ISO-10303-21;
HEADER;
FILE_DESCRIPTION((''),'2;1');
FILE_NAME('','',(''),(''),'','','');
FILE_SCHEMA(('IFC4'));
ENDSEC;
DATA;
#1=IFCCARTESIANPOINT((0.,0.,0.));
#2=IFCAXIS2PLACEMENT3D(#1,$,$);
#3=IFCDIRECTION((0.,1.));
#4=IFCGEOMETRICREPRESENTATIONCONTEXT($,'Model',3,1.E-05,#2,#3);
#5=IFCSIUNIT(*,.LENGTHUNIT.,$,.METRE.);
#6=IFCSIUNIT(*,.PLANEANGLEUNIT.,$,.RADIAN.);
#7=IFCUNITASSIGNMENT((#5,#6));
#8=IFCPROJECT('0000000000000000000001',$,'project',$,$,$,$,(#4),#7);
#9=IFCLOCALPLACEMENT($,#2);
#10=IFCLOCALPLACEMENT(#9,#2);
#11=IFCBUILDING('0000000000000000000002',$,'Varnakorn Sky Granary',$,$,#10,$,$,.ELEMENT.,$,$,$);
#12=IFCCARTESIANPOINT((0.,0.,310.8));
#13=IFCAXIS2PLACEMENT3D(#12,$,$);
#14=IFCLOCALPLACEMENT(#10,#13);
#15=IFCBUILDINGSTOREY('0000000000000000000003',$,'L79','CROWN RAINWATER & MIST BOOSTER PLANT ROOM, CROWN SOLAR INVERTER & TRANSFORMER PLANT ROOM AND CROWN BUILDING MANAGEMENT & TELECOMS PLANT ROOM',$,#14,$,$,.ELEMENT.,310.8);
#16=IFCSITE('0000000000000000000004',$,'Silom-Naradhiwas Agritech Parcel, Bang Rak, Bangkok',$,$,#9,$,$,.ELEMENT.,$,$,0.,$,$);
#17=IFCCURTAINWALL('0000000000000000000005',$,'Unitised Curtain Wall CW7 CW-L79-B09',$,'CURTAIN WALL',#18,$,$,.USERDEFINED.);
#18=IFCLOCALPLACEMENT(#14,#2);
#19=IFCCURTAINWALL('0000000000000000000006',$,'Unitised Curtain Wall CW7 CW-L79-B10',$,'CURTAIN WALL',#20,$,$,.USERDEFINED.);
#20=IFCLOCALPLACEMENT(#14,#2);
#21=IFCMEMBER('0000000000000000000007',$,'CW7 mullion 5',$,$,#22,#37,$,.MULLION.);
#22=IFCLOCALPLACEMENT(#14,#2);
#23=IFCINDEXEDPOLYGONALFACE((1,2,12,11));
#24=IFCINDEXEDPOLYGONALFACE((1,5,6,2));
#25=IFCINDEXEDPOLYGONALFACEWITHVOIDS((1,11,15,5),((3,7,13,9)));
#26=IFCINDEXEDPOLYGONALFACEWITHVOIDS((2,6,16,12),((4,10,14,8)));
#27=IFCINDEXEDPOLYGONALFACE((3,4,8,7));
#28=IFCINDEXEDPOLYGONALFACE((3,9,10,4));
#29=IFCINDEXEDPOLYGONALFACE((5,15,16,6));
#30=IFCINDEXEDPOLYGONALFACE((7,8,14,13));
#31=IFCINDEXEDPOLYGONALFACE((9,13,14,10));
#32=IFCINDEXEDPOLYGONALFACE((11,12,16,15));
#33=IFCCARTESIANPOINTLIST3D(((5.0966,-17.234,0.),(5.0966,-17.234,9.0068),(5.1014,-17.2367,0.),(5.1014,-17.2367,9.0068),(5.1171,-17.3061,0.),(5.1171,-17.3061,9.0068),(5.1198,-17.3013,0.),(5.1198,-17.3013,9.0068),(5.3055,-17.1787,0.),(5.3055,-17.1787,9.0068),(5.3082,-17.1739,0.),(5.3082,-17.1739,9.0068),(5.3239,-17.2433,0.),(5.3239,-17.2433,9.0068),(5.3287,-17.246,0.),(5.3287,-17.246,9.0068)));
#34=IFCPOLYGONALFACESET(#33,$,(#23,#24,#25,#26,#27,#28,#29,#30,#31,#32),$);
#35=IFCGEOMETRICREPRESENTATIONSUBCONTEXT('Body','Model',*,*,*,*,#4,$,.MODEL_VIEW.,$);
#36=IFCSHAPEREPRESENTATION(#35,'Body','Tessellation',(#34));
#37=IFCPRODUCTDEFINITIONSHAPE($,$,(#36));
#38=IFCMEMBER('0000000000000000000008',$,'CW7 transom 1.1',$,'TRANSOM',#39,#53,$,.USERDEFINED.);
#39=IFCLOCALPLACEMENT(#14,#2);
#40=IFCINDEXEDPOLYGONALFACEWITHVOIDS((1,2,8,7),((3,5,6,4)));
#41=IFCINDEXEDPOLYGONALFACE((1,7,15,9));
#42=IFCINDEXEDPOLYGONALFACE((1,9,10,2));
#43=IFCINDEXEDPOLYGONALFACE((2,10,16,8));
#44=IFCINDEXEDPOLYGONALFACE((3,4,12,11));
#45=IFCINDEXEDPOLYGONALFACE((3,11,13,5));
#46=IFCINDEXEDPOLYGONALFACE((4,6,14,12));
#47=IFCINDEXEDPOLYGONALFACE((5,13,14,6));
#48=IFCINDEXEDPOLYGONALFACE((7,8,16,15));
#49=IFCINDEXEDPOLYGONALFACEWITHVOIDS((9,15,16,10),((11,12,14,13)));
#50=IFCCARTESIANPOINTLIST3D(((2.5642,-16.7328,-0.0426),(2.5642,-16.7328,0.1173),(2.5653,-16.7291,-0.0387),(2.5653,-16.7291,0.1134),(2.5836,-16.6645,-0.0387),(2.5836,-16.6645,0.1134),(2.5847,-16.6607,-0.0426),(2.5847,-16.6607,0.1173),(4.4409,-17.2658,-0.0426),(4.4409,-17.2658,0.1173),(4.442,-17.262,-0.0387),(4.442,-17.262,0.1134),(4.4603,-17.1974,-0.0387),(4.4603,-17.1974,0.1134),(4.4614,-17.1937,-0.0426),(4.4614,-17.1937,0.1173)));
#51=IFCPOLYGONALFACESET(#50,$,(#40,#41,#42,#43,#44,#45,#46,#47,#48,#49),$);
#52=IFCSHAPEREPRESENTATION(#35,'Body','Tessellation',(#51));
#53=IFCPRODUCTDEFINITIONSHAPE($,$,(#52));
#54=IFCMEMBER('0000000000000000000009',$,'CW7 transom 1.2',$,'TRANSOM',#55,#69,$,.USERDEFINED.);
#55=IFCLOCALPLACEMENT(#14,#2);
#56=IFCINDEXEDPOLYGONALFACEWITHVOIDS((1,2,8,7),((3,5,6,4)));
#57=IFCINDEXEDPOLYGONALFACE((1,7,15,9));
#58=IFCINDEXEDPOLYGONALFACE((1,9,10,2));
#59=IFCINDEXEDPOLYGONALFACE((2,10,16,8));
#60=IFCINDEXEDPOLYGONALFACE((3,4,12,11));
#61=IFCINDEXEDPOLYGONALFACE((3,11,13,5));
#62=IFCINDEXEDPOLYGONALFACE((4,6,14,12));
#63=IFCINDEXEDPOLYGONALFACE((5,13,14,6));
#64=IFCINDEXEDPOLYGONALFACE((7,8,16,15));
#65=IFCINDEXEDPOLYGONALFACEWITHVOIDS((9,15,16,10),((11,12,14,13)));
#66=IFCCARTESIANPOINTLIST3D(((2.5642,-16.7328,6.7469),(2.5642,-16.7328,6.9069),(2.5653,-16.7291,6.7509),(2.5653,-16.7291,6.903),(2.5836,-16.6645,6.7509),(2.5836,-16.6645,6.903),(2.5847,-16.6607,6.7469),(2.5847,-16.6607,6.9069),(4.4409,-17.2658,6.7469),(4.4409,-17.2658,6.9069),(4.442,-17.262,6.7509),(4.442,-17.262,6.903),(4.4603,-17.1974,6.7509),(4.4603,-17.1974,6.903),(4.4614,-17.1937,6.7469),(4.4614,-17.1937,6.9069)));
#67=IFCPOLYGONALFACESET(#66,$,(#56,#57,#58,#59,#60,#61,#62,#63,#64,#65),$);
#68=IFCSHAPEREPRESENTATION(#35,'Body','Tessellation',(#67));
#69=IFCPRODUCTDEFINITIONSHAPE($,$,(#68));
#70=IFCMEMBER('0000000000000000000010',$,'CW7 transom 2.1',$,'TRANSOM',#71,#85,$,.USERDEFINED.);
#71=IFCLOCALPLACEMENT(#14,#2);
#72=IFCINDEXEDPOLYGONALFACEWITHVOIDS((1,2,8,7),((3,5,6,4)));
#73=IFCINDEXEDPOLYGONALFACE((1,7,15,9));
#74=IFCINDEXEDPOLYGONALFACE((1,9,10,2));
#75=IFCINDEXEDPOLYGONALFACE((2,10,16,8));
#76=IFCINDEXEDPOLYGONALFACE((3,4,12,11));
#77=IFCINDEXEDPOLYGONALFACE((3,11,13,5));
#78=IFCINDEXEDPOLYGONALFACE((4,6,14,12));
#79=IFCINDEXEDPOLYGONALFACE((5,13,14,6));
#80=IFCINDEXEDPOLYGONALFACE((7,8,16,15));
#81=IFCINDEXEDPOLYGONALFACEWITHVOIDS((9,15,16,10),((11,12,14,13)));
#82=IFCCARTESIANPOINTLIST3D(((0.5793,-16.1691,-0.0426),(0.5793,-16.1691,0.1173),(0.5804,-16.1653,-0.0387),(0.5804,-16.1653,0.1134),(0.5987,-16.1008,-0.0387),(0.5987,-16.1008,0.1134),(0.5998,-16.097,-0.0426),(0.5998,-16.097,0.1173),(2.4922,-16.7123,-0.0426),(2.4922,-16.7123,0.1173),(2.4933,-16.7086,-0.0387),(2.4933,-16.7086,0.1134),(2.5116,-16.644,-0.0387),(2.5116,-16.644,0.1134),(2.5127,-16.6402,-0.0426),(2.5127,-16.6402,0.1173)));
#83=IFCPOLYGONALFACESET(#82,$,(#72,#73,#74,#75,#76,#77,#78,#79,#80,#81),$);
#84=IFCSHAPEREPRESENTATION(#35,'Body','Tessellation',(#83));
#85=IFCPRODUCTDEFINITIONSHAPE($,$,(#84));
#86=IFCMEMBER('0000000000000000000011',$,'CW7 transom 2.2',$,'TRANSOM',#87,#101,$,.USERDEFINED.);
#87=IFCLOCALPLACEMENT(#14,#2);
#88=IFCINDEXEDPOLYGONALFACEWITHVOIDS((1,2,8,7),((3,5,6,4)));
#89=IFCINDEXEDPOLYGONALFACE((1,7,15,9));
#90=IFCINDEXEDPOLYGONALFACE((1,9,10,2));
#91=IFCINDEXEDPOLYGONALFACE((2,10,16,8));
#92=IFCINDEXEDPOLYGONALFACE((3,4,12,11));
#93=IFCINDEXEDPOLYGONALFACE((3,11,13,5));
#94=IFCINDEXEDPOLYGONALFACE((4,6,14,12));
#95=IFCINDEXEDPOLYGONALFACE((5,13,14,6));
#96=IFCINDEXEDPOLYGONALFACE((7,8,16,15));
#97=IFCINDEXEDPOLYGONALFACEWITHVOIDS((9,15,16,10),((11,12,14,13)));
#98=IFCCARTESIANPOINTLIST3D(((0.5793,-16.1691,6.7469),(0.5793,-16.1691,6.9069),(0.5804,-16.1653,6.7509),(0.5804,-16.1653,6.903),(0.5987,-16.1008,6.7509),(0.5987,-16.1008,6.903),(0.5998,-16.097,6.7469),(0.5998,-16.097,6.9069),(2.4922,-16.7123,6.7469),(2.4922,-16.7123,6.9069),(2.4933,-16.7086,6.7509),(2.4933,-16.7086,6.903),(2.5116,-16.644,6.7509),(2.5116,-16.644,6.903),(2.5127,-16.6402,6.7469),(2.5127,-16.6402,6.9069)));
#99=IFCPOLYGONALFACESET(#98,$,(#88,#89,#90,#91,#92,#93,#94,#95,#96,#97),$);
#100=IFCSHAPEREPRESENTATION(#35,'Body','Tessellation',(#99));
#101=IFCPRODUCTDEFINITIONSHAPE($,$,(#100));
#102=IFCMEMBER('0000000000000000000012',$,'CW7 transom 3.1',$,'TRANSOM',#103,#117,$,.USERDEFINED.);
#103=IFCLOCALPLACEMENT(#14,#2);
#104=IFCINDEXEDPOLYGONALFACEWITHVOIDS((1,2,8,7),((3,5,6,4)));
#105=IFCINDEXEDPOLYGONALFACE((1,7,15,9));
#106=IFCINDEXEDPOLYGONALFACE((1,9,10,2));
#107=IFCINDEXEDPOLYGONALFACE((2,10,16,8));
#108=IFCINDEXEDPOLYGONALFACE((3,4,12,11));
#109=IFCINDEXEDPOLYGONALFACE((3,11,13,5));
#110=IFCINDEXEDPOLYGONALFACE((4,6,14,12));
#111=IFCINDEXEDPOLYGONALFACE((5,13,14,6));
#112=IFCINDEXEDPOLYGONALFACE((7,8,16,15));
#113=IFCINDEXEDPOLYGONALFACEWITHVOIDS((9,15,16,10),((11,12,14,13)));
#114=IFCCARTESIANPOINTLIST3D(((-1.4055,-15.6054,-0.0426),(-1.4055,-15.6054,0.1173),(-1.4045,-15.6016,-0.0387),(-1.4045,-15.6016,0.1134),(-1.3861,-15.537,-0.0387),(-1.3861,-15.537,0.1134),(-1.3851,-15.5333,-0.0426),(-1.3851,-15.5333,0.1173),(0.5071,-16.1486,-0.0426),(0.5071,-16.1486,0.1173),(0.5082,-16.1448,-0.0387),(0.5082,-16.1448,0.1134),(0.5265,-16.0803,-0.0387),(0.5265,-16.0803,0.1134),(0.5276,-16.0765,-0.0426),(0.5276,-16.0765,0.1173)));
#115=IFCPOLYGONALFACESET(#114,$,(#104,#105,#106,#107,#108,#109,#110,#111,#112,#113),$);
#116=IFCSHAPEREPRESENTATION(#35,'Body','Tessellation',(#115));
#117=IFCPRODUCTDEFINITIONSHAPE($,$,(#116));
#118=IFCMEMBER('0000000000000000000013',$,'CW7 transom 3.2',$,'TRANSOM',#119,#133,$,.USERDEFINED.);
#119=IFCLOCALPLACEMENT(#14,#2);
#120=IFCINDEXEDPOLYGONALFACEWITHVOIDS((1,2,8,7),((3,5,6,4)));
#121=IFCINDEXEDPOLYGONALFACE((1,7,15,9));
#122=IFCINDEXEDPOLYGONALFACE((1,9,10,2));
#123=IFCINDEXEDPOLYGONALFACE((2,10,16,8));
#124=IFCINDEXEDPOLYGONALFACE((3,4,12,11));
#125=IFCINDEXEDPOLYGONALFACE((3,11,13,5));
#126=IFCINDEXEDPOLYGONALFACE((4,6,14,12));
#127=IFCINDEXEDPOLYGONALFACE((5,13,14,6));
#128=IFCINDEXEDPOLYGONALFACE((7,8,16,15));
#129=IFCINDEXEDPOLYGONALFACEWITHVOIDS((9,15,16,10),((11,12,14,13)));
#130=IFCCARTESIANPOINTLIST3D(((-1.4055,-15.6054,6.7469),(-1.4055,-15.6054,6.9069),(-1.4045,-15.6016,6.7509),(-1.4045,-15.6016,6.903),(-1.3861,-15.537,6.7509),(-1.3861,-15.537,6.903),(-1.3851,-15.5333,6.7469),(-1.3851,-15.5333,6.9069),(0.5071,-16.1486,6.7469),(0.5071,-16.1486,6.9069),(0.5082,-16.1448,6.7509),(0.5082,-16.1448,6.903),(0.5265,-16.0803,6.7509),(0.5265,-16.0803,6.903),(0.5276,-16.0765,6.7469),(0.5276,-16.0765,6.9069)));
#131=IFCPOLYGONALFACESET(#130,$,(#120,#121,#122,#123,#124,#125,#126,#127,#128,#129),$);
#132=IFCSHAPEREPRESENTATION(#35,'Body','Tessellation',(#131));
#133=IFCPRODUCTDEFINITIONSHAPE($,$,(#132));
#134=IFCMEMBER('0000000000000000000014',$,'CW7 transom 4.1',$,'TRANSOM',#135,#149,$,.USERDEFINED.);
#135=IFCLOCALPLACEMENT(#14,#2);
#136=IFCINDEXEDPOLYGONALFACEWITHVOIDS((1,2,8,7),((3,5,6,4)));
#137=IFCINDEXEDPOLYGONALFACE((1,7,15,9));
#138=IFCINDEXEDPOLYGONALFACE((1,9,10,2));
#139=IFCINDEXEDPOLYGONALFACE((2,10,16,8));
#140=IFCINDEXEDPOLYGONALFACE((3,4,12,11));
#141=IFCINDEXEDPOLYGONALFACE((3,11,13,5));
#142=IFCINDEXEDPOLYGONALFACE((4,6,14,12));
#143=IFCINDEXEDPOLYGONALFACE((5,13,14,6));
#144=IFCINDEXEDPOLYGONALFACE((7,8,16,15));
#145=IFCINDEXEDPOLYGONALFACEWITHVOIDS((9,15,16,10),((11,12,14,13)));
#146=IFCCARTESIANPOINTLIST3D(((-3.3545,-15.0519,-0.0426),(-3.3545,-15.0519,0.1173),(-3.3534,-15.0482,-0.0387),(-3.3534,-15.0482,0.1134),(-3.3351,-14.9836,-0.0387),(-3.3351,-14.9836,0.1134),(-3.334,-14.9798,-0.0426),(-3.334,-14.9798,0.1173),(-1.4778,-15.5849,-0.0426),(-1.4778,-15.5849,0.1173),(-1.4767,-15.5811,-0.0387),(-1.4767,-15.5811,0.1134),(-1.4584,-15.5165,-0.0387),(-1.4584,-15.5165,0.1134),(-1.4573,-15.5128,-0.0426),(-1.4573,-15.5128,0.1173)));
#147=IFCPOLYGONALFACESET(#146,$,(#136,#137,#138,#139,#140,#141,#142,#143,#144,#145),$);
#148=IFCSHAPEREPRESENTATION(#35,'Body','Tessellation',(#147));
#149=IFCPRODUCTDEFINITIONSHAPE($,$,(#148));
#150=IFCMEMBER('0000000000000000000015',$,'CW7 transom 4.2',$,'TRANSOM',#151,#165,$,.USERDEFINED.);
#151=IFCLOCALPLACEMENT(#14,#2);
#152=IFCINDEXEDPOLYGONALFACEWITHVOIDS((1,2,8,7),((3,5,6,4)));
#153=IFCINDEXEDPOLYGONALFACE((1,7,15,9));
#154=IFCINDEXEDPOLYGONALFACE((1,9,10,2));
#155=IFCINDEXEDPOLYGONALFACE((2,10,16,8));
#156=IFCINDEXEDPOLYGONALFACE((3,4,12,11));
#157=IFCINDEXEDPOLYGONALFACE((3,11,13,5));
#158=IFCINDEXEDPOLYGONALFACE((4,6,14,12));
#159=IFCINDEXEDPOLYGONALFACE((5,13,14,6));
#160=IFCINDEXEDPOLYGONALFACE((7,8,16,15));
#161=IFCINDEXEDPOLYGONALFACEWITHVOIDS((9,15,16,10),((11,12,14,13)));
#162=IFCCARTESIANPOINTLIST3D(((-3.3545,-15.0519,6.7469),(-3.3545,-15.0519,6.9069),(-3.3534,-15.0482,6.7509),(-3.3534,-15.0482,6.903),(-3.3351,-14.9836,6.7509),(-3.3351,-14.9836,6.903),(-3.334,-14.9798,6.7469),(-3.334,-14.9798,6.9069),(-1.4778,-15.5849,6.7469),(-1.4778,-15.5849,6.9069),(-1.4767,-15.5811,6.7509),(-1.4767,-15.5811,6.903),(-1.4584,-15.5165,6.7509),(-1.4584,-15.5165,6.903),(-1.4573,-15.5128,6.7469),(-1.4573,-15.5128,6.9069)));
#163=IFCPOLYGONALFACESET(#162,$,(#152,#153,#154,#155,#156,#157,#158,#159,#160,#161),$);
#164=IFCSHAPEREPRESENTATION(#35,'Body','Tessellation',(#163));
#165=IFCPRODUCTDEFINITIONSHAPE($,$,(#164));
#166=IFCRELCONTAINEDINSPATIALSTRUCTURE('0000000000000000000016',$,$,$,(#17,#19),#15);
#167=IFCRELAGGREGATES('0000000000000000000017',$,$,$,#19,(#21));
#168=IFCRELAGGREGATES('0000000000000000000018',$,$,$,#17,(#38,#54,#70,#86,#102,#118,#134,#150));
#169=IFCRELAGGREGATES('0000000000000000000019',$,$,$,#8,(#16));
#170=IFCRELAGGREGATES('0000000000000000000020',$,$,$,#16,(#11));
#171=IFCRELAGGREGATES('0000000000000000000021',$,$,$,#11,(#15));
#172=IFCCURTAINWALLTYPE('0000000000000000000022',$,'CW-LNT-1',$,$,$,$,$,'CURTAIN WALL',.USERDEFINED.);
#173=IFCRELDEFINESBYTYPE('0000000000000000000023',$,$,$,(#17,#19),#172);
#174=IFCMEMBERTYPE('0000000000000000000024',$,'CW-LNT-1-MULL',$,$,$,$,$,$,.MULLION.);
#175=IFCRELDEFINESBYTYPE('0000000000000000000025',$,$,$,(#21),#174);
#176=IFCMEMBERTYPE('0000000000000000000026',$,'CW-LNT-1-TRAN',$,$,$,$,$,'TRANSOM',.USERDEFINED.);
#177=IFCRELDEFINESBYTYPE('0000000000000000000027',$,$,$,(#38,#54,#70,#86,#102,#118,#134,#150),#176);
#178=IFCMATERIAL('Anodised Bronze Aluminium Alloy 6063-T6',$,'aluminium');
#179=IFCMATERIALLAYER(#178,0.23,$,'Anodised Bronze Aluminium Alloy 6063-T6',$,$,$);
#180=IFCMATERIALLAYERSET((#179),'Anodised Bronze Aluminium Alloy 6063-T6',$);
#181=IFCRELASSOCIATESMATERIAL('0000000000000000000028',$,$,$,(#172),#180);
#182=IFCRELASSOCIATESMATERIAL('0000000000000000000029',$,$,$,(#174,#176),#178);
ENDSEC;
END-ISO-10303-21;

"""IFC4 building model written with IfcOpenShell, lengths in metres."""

from ifc_helpers import new_model, si_unit, direction, frame, origin, origin_2d, place, context, subcontext, project, spatial, hollow_rectangle, extrude, material, layer, layer_set, material_profile, profile_set, type_object, element, aggregate, save


model = new_model("IFC4")

# Units and contexts
model_context = context("Model", 3, precision=1e-05, world=origin(), true_north=direction((0.0, 1.0)))
body_context = subcontext(model_context, "Body", "Model", "MODEL_VIEW")
ifc_project = project(units=[si_unit("LENGTHUNIT", "METRE"), si_unit("PLANEANGLEUNIT", "RADIAN")], contexts=[model_context])

# Site, building, storey
site_placement = place(None, origin())
site = spatial("IfcSite", under=ifc_project, at=site_placement, Name="Silom-Naradhiwas Agritech Parcel, Bang Rak, Bangkok", CompositionType="ELEMENT", RefElevation=0.0)
building_placement = place(site_placement, origin())
building = spatial("IfcBuilding", under=site, at=building_placement, Name="Varnakorn Sky Granary", CompositionType="ELEMENT")
storey_placement = place(building_placement, frame((0.0, 0.0, 310.8)))
storey = spatial("IfcBuildingStorey", under=building, at=storey_placement, Name="L79", Description="CROWN RAINWATER & MIST BOOSTER PLANT ROOM, CROWN SOLAR INVERTER & TRANSFORMER PLANT ROOM AND CROWN BUILDING MANAGEMENT & TELECOMS PLANT ROOM", CompositionType="ELEMENT", Elevation=310.8)

# Curtain wall
ifc_material_1 = material(Name="Anodised Bronze Aluminium Alloy 6063-T6", Category="aluminium")
ifc_layer_1 = layer(ifc_material_1, 0.23, Name="Anodised Bronze Aluminium Alloy 6063-T6")
ifc_layer_set_1 = layer_set([ifc_layer_1], Name="Anodised Bronze Aluminium Alloy 6063-T6")
curtain_wall_type = type_object("IfcCurtainWallType", Name="CW-LNT-1", ElementType="CURTAIN WALL", PredefinedType="USERDEFINED", material=ifc_layer_set_1)
curtain_wall_1_placement = place(storey_placement, origin())
curtain_wall_1 = element("IfcCurtainWall", 1, at=curtain_wall_1_placement, inside=storey, type_object=curtain_wall_type, Name="Unitised Curtain Wall CW7 CW-L79-B09", ObjectType="CURTAIN WALL", PredefinedType="USERDEFINED")
ifc_material_profile_1 = material_profile(ifc_material_1, hollow_rectangle(XDim=0.075, YDim=0.22, WallThickness=0.0039, at=origin_2d()), Name="ALU MULL 75x220")
ifc_profile_set_1 = profile_set([ifc_material_profile_1], Name="Anodised Bronze Aluminium Alloy 6063-T6")
member_type_1 = type_object("IfcMemberType", Name="CW-LNT-1-MULL", PredefinedType="MULLION", material=ifc_profile_set_1)

# Curtain wall, member
curtain_wall_2_placement = place(storey_placement, origin())
curtain_wall_2 = element("IfcCurtainWall", 2, at=curtain_wall_2_placement, inside=storey, type_object=curtain_wall_type, Name="Unitised Curtain Wall CW7 CW-L79-B10", ObjectType="CURTAIN WALL", PredefinedType="USERDEFINED")
member_1_placement = place(storey_placement, frame((5.2126, -17.24, 0.0), z_axis=(0.0, 0.0, 1.0), x_axis=(0.273207, -0.961955, 0.0)))
member_1 = element("IfcMember", 3, at=member_1_placement, type_object=member_type_1, Name="CW7 mullion 5", PredefinedType="MULLION", context=body_context, shape_type="SweptSolid", body=[
    extrude(hollow_rectangle(XDim=0.075, YDim=0.22, WallThickness=0.0039, at=origin_2d()), origin(), (0.0, 0.0, 1.0), 9.0068),
])
aggregate(curtain_wall_2, [member_1])

# Members
ifc_material_profile_2 = material_profile(ifc_material_1, hollow_rectangle(XDim=0.075, YDim=0.1599, WallThickness=0.0039, at=origin_2d()), Name="ALU TRAN 75x160")
ifc_profile_set_2 = profile_set([ifc_material_profile_2], Name="Anodised Bronze Aluminium Alloy 6063-T6")
member_type_2 = type_object("IfcMemberType", Name="CW-LNT-1-TRAN", ElementType="TRANSOM", PredefinedType="USERDEFINED", material=ifc_profile_set_2)
member_2_placement = place(storey_placement, frame((4.4512, -17.2297, 0.0374), z_axis=(-0.961962, 0.273184, 0.0), x_axis=(-0.273184, -0.961962, 0.0)))
member_2 = element("IfcMember", 4, at=member_2_placement, type_object=member_type_2, Name="CW7 transom 1.1", ObjectType="TRANSOM", PredefinedType="USERDEFINED", context=body_context, shape_type="SweptSolid", body=[
    extrude(hollow_rectangle(XDim=0.075, YDim=0.1599, WallThickness=0.0039, at=origin_2d()), origin(), (0.0, 0.0, 1.0), 1.9509),
])
member_3_placement = place(storey_placement, frame((4.4512, -17.2297, 6.8269), z_axis=(-0.961962, 0.273184, 0.0), x_axis=(-0.273184, -0.961962, 0.0)))
member_3 = element("IfcMember", 5, at=member_3_placement, type_object=member_type_2, Name="CW7 transom 1.2", ObjectType="TRANSOM", PredefinedType="USERDEFINED", context=body_context, shape_type="SweptSolid", body=[
    extrude(hollow_rectangle(XDim=0.075, YDim=0.1599, WallThickness=0.0039, at=origin_2d()), origin(), (0.0, 0.0, 1.0), 1.9509),
])
member_4_placement = place(storey_placement, frame((2.5024, -16.6763, 0.0374), z_axis=(-0.961963, 0.27318, 0.0), x_axis=(-0.27318, -0.961963, 0.0)))
member_4 = element("IfcMember", 6, at=member_4_placement, type_object=member_type_2, Name="CW7 transom 2.1", ObjectType="TRANSOM", PredefinedType="USERDEFINED", context=body_context, shape_type="SweptSolid", body=[
    extrude(hollow_rectangle(XDim=0.075, YDim=0.1599, WallThickness=0.0039, at=origin_2d()), origin(), (0.0, 0.0, 1.0), 1.9885),
])
member_5_placement = place(storey_placement, frame((2.5024, -16.6763, 6.8269), z_axis=(-0.961963, 0.27318, 0.0), x_axis=(-0.27318, -0.961963, 0.0)))
member_5 = element("IfcMember", 7, at=member_5_placement, type_object=member_type_2, Name="CW7 transom 2.2", ObjectType="TRANSOM", PredefinedType="USERDEFINED", context=body_context, shape_type="SweptSolid", body=[
    extrude(hollow_rectangle(XDim=0.075, YDim=0.1599, WallThickness=0.0039, at=origin_2d()), origin(), (0.0, 0.0, 1.0), 1.9885),
])
member_6_placement = place(storey_placement, frame((0.5173, -16.1125, 0.0374), z_axis=(-0.961954, 0.273213, 0.0), x_axis=(-0.273213, -0.961954, 0.0)))
member_6 = element("IfcMember", 8, at=member_6_placement, type_object=member_type_2, Name="CW7 transom 3.1", ObjectType="TRANSOM", PredefinedType="USERDEFINED", context=body_context, shape_type="SweptSolid", body=[
    extrude(hollow_rectangle(XDim=0.075, YDim=0.1599, WallThickness=0.0039, at=origin_2d()), origin(), (0.0, 0.0, 1.0), 1.9883),
])
member_7_placement = place(storey_placement, frame((0.5173, -16.1125, 6.8269), z_axis=(-0.961954, 0.273213, 0.0), x_axis=(-0.273213, -0.961954, 0.0)))
member_7 = element("IfcMember", 9, at=member_7_placement, type_object=member_type_2, Name="CW7 transom 3.2", ObjectType="TRANSOM", PredefinedType="USERDEFINED", context=body_context, shape_type="SweptSolid", body=[
    extrude(hollow_rectangle(XDim=0.075, YDim=0.1599, WallThickness=0.0039, at=origin_2d()), origin(), (0.0, 0.0, 1.0), 1.9883),
])
member_8_placement = place(storey_placement, frame((-1.4675, -15.5488, 0.0374), z_axis=(-0.961962, 0.273184, 0.0), x_axis=(-0.273184, -0.961962, 0.0)))
member_8 = element("IfcMember", 10, at=member_8_placement, type_object=member_type_2, Name="CW7 transom 4.1", ObjectType="TRANSOM", PredefinedType="USERDEFINED", context=body_context, shape_type="SweptSolid", body=[
    extrude(hollow_rectangle(XDim=0.075, YDim=0.1599, WallThickness=0.0039, at=origin_2d()), origin(), (0.0, 0.0, 1.0), 1.9509),
])
member_9_placement = place(storey_placement, frame((-1.4675, -15.5488, 6.8269), z_axis=(-0.961962, 0.273184, 0.0), x_axis=(-0.273184, -0.961962, 0.0)))
member_9 = element("IfcMember", 11, at=member_9_placement, type_object=member_type_2, Name="CW7 transom 4.2", ObjectType="TRANSOM", PredefinedType="USERDEFINED", context=body_context, shape_type="SweptSolid", body=[
    extrude(hollow_rectangle(XDim=0.075, YDim=0.1599, WallThickness=0.0039, at=origin_2d()), origin(), (0.0, 0.0, 1.0), 1.9509),
])

aggregate(curtain_wall_1, [member_2, member_3, member_4, member_5, member_6, member_7, member_8, member_9])

save(model, "model.ifc")
